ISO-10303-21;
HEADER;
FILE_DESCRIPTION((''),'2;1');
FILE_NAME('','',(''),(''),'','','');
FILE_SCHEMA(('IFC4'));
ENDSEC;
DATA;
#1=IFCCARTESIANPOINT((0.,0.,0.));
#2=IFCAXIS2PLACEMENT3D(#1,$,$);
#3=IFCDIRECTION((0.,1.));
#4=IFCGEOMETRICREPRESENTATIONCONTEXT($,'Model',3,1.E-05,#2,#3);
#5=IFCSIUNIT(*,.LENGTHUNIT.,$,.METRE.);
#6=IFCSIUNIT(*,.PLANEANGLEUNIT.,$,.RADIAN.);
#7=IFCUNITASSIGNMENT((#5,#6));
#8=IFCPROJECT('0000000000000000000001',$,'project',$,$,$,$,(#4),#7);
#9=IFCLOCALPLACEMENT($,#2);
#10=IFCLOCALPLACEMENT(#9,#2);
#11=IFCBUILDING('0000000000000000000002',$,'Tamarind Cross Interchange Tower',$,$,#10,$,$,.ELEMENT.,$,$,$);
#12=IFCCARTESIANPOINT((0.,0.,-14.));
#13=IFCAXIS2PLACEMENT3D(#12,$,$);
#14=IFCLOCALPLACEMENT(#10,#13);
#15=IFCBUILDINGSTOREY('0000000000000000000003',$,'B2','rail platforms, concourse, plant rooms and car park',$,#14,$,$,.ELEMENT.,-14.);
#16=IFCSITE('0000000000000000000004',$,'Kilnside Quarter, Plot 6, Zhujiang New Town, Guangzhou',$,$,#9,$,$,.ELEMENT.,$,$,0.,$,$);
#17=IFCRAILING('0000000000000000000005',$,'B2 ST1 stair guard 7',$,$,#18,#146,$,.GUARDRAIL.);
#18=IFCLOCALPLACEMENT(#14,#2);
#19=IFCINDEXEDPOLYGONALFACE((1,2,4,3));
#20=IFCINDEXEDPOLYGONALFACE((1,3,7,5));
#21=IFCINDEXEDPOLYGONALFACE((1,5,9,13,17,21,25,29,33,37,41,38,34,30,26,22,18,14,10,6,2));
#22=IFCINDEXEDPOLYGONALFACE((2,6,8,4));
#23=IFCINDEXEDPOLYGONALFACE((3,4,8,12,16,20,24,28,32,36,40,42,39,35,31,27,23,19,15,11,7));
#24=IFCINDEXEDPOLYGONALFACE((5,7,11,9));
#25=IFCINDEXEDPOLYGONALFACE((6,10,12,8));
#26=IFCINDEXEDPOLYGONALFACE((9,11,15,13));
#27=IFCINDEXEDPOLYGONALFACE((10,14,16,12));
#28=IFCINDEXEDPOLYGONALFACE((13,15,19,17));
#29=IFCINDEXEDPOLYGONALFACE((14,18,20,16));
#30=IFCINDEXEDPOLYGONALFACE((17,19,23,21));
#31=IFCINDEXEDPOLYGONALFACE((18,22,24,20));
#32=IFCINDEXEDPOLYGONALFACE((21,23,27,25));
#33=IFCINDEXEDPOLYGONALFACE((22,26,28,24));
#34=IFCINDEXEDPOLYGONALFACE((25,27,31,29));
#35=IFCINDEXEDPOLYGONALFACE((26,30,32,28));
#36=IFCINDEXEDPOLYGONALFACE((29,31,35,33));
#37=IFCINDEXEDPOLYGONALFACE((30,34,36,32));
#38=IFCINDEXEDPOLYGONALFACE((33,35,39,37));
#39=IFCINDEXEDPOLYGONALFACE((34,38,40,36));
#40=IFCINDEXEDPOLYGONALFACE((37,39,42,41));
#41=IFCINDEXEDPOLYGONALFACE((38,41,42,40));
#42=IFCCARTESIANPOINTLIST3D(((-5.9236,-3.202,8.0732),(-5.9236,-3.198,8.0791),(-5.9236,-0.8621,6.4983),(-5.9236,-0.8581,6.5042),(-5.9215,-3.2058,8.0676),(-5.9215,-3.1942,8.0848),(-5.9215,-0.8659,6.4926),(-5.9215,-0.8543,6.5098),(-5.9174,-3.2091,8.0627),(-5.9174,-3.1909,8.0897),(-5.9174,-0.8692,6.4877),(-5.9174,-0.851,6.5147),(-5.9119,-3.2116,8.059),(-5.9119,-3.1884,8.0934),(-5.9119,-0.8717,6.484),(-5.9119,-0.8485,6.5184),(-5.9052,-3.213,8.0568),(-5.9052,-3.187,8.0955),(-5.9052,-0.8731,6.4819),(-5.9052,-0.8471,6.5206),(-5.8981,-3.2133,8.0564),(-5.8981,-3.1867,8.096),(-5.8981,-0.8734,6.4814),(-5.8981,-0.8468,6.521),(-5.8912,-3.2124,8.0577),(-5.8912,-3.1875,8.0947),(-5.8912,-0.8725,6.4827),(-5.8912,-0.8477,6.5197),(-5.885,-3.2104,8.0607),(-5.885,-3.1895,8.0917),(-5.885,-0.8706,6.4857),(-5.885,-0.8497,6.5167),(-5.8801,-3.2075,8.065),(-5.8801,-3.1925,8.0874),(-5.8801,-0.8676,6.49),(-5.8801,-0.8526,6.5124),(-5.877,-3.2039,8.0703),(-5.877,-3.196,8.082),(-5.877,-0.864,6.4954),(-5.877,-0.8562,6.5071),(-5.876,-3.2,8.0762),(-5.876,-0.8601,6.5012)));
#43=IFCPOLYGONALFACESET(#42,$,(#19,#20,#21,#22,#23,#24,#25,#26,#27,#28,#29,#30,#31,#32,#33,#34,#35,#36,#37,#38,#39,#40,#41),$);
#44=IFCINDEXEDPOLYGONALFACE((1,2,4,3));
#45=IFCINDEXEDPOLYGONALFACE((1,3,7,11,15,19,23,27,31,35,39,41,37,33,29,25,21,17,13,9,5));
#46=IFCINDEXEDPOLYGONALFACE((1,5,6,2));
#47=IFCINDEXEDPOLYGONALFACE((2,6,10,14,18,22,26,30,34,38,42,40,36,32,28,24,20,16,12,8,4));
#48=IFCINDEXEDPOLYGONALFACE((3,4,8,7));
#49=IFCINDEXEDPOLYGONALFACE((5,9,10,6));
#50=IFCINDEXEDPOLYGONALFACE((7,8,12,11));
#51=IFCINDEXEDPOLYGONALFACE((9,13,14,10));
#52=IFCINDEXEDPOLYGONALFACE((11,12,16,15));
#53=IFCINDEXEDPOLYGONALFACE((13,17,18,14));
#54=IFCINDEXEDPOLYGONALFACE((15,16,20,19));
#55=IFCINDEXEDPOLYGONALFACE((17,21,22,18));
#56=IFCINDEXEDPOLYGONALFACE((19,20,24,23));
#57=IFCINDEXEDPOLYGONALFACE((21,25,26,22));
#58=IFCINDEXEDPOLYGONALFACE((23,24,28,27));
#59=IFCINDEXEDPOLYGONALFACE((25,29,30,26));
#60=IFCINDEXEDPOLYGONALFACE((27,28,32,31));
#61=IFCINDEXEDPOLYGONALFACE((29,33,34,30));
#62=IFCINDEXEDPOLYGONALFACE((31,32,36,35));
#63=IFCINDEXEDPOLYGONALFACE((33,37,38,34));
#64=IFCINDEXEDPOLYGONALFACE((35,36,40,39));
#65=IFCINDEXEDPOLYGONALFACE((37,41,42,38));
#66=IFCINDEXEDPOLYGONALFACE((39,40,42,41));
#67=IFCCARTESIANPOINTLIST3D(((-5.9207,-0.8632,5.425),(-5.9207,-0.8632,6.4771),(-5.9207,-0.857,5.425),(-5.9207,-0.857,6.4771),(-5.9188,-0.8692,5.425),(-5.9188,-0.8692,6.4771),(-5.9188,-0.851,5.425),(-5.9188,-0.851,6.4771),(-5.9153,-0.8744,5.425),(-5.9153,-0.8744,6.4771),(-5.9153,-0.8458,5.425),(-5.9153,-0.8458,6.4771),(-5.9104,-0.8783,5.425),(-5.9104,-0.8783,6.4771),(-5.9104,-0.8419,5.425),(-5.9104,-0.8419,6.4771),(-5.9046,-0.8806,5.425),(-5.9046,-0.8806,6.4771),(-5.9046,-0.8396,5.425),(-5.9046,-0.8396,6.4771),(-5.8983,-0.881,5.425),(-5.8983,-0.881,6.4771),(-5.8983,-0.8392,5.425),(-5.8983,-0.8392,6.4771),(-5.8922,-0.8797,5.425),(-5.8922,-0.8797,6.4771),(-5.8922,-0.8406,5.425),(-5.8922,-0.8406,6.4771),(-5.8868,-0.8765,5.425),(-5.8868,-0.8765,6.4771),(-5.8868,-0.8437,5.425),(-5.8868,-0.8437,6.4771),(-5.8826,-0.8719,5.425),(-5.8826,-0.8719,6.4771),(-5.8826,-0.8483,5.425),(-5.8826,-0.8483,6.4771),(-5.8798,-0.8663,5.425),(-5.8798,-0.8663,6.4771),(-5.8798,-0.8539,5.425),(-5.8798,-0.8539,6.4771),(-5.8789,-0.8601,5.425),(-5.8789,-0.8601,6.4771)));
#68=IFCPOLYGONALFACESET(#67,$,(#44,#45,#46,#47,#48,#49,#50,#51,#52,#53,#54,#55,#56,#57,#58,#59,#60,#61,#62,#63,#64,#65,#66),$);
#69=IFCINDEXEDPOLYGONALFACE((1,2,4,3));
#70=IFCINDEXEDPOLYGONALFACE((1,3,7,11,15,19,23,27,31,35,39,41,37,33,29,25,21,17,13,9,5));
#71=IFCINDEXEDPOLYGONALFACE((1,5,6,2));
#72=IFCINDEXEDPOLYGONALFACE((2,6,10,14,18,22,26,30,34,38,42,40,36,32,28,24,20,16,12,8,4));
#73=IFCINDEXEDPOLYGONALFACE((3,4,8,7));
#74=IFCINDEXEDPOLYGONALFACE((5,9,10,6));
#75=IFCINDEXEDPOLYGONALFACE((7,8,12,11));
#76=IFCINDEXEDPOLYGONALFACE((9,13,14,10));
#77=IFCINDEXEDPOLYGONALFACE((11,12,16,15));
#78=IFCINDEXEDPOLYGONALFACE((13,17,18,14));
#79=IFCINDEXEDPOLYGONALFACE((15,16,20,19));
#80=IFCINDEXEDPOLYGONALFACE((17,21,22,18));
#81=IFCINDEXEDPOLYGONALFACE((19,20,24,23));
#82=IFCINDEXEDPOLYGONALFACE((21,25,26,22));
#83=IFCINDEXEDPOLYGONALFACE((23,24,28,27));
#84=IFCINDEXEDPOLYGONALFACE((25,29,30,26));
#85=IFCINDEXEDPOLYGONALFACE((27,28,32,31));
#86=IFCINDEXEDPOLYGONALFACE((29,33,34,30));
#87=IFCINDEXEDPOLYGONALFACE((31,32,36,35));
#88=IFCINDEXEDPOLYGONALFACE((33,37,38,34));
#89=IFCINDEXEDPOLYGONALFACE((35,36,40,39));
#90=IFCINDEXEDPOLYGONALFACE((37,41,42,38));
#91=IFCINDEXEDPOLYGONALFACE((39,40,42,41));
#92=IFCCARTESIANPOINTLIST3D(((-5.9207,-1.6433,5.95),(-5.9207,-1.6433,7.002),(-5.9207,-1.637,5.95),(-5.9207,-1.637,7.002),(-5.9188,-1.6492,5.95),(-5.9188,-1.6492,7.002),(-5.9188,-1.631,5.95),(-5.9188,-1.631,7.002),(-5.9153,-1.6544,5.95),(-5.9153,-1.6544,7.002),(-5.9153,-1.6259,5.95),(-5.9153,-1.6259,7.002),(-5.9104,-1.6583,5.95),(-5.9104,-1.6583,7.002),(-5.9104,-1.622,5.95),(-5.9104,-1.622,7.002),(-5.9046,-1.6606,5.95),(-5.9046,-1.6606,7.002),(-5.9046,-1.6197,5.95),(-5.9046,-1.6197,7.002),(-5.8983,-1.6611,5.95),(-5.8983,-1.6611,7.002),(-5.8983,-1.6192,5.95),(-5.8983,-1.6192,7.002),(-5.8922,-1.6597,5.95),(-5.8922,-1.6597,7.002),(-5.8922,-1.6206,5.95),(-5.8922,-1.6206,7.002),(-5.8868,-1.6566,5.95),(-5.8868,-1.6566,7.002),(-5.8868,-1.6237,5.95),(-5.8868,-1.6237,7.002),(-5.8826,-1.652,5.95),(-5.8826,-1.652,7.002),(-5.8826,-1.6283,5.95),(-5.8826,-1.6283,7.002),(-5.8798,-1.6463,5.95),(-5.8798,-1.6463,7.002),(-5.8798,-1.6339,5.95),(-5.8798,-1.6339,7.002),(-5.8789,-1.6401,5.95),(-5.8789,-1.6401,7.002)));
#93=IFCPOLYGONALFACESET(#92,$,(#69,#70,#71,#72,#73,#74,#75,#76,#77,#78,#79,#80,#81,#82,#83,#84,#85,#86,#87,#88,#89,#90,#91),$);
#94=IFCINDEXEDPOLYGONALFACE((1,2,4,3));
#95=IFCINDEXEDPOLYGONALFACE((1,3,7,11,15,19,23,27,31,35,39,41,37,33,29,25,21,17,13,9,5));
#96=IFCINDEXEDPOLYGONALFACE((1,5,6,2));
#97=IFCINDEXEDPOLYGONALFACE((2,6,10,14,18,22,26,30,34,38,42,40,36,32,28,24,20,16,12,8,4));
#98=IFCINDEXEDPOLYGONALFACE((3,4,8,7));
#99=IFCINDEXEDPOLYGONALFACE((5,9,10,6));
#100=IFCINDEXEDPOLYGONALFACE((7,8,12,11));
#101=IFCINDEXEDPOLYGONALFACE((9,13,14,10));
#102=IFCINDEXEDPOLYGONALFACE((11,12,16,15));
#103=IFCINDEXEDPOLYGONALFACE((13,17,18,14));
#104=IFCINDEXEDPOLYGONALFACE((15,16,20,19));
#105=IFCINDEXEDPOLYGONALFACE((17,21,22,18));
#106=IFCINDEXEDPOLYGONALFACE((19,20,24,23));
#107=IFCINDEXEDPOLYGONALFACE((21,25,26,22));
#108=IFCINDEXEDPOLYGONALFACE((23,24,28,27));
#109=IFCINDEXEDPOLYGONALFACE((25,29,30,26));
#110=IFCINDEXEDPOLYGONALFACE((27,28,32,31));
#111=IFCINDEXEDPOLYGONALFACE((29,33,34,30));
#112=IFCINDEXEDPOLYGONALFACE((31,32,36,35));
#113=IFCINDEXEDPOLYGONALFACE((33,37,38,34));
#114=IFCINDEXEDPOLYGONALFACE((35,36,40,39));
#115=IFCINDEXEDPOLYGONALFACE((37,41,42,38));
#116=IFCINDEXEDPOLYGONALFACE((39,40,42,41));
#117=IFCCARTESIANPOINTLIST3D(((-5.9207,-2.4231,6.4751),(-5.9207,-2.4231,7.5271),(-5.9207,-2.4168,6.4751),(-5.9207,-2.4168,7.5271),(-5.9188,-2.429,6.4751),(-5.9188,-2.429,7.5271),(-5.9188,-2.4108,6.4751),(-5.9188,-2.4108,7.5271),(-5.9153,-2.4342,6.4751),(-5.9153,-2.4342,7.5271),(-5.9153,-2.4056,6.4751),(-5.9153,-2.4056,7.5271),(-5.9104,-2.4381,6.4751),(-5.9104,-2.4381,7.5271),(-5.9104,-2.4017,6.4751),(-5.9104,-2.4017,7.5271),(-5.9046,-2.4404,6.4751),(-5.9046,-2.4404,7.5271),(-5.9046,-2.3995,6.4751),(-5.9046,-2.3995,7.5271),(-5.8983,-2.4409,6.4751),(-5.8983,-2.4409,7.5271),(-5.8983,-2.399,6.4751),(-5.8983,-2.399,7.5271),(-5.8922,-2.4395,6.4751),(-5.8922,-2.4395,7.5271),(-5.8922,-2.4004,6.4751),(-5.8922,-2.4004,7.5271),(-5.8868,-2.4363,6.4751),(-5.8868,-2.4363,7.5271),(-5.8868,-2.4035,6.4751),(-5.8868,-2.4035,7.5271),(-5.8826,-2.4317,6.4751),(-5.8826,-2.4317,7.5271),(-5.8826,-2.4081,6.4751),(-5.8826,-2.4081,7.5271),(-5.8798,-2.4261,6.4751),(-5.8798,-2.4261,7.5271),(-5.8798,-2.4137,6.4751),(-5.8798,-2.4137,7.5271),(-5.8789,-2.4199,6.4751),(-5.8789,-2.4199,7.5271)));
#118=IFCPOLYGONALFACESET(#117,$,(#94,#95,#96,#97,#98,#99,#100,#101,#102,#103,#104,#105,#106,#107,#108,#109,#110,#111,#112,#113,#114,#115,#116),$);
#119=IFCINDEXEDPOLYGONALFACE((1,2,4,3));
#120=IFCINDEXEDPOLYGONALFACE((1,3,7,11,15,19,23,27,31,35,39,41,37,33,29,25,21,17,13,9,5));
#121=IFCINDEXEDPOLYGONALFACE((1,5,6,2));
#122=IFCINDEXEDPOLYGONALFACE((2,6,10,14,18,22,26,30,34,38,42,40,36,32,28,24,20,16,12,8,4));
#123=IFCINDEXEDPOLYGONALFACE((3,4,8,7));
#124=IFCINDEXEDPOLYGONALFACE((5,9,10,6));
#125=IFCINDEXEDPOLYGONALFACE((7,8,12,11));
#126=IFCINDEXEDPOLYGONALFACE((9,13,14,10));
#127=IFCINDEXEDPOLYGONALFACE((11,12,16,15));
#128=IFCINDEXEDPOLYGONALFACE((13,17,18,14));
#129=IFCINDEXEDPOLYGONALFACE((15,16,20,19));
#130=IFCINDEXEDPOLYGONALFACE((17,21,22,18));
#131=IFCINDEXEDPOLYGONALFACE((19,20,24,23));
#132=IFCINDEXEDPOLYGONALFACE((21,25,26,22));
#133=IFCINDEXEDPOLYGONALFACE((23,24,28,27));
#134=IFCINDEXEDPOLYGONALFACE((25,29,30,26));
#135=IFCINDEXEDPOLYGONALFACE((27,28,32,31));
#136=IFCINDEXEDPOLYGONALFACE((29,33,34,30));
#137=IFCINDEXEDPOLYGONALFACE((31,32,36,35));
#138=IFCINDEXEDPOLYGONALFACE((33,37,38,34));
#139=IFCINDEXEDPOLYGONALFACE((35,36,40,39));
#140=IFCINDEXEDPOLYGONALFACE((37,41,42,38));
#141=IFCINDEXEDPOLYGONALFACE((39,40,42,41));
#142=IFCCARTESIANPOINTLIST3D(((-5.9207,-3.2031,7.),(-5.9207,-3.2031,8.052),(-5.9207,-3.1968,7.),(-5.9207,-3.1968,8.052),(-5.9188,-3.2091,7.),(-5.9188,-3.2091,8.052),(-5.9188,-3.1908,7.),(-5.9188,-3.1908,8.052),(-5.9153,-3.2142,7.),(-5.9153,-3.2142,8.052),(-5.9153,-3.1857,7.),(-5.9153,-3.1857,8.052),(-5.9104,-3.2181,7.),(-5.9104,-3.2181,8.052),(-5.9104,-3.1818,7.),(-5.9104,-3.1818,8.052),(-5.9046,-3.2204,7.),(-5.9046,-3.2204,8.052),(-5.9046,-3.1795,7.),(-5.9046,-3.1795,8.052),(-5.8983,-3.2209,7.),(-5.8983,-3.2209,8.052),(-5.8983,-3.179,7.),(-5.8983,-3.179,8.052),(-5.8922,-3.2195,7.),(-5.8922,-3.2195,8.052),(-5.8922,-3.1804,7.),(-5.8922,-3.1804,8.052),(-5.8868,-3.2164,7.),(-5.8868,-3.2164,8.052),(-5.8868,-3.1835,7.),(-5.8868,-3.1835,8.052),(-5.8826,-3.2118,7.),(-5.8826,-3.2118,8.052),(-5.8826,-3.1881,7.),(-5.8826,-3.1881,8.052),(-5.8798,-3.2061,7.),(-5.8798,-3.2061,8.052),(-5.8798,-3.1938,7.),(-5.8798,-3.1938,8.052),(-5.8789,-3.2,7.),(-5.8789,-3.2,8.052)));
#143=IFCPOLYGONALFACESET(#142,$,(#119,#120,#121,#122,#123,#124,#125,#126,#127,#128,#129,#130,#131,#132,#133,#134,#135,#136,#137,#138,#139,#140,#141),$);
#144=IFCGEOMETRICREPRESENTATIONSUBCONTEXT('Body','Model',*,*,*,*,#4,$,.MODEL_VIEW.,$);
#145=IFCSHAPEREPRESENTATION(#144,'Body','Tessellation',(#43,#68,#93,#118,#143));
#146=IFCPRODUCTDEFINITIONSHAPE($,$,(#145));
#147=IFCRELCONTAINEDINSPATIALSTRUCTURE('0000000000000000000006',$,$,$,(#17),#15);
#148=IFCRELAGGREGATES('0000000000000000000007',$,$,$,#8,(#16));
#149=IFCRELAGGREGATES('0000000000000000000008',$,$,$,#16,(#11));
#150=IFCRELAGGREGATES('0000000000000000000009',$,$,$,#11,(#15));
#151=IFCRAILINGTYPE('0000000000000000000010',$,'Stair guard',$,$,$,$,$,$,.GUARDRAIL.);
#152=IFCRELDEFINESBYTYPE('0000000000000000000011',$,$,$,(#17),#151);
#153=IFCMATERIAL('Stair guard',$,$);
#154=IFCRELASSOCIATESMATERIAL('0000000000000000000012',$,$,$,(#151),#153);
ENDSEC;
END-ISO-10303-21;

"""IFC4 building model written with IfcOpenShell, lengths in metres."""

from ifc_helpers import new_model, si_unit, direction, frame, origin, origin_2d, place, context, subcontext, project, spatial, circle, extrude, material, type_object, element, save


model = new_model("IFC4")

# Units and contexts
model_context = context("Model", 3, precision=1e-05, world=origin(), true_north=direction((0.0, 1.0)))
body_context = subcontext(model_context, "Body", "Model", "MODEL_VIEW")
ifc_project = project(units=[si_unit("LENGTHUNIT", "METRE"), si_unit("PLANEANGLEUNIT", "RADIAN")], contexts=[model_context])

# Site, building, storey
site_placement = place(None, origin())
site = spatial("IfcSite", under=ifc_project, at=site_placement, Name="Kilnside Quarter, Plot 6, Zhujiang New Town, Guangzhou", CompositionType="ELEMENT", RefElevation=0.0)
building_placement = place(site_placement, origin())
building = spatial("IfcBuilding", under=site, at=building_placement, Name="Tamarind Cross Interchange Tower", CompositionType="ELEMENT")
storey_placement = place(building_placement, frame((0.0, 0.0, -14.0)))
storey = spatial("IfcBuildingStorey", under=building, at=storey_placement, Name="B2", Description="rail platforms, concourse, plant rooms and car park", CompositionType="ELEMENT", Elevation=-14.0)

# Railing
ifc_material_1 = material(Name="Stair guard")
railing_type_1 = type_object("IfcRailingType", Name="Stair guard", PredefinedType="GUARDRAIL", material=ifc_material_1)
railing_1_placement = place(storey_placement, frame((-5.8999, -0.8601, 5.425)))
element("IfcRailing", 1, at=railing_1_placement, inside=storey, type_object=railing_type_1, Name="B2 ST1 stair guard 7", PredefinedType="GUARDRAIL", context=body_context, shape_type="SweptSolid", body=[
    extrude(circle(Radius=0.0239, at=origin_2d()), frame((0.0, 0.0, 1.0762), z_axis=(0.0, -0.829578, 0.55839), x_axis=(1.0, 0.0, 0.0)), (0.0, 0.0, 1.0), 2.8206),
    extrude(circle(Radius=0.021, at=origin_2d()), origin(), (0.0, 0.0, 1.0), 1.052),
    extrude(circle(Radius=0.021, at=origin_2d()), frame((0.0, -0.78, 0.5249)), (0.0, 0.0, 1.0), 1.052),
    extrude(circle(Radius=0.021, at=origin_2d()), frame((0.0, -1.5598, 1.05)), (0.0, 0.0, 1.0), 1.052),
    extrude(circle(Radius=0.021, at=origin_2d()), frame((0.0, -2.3398, 1.575)), (0.0, 0.0, 1.0), 1.052),
])

save(model, "model.ifc")
